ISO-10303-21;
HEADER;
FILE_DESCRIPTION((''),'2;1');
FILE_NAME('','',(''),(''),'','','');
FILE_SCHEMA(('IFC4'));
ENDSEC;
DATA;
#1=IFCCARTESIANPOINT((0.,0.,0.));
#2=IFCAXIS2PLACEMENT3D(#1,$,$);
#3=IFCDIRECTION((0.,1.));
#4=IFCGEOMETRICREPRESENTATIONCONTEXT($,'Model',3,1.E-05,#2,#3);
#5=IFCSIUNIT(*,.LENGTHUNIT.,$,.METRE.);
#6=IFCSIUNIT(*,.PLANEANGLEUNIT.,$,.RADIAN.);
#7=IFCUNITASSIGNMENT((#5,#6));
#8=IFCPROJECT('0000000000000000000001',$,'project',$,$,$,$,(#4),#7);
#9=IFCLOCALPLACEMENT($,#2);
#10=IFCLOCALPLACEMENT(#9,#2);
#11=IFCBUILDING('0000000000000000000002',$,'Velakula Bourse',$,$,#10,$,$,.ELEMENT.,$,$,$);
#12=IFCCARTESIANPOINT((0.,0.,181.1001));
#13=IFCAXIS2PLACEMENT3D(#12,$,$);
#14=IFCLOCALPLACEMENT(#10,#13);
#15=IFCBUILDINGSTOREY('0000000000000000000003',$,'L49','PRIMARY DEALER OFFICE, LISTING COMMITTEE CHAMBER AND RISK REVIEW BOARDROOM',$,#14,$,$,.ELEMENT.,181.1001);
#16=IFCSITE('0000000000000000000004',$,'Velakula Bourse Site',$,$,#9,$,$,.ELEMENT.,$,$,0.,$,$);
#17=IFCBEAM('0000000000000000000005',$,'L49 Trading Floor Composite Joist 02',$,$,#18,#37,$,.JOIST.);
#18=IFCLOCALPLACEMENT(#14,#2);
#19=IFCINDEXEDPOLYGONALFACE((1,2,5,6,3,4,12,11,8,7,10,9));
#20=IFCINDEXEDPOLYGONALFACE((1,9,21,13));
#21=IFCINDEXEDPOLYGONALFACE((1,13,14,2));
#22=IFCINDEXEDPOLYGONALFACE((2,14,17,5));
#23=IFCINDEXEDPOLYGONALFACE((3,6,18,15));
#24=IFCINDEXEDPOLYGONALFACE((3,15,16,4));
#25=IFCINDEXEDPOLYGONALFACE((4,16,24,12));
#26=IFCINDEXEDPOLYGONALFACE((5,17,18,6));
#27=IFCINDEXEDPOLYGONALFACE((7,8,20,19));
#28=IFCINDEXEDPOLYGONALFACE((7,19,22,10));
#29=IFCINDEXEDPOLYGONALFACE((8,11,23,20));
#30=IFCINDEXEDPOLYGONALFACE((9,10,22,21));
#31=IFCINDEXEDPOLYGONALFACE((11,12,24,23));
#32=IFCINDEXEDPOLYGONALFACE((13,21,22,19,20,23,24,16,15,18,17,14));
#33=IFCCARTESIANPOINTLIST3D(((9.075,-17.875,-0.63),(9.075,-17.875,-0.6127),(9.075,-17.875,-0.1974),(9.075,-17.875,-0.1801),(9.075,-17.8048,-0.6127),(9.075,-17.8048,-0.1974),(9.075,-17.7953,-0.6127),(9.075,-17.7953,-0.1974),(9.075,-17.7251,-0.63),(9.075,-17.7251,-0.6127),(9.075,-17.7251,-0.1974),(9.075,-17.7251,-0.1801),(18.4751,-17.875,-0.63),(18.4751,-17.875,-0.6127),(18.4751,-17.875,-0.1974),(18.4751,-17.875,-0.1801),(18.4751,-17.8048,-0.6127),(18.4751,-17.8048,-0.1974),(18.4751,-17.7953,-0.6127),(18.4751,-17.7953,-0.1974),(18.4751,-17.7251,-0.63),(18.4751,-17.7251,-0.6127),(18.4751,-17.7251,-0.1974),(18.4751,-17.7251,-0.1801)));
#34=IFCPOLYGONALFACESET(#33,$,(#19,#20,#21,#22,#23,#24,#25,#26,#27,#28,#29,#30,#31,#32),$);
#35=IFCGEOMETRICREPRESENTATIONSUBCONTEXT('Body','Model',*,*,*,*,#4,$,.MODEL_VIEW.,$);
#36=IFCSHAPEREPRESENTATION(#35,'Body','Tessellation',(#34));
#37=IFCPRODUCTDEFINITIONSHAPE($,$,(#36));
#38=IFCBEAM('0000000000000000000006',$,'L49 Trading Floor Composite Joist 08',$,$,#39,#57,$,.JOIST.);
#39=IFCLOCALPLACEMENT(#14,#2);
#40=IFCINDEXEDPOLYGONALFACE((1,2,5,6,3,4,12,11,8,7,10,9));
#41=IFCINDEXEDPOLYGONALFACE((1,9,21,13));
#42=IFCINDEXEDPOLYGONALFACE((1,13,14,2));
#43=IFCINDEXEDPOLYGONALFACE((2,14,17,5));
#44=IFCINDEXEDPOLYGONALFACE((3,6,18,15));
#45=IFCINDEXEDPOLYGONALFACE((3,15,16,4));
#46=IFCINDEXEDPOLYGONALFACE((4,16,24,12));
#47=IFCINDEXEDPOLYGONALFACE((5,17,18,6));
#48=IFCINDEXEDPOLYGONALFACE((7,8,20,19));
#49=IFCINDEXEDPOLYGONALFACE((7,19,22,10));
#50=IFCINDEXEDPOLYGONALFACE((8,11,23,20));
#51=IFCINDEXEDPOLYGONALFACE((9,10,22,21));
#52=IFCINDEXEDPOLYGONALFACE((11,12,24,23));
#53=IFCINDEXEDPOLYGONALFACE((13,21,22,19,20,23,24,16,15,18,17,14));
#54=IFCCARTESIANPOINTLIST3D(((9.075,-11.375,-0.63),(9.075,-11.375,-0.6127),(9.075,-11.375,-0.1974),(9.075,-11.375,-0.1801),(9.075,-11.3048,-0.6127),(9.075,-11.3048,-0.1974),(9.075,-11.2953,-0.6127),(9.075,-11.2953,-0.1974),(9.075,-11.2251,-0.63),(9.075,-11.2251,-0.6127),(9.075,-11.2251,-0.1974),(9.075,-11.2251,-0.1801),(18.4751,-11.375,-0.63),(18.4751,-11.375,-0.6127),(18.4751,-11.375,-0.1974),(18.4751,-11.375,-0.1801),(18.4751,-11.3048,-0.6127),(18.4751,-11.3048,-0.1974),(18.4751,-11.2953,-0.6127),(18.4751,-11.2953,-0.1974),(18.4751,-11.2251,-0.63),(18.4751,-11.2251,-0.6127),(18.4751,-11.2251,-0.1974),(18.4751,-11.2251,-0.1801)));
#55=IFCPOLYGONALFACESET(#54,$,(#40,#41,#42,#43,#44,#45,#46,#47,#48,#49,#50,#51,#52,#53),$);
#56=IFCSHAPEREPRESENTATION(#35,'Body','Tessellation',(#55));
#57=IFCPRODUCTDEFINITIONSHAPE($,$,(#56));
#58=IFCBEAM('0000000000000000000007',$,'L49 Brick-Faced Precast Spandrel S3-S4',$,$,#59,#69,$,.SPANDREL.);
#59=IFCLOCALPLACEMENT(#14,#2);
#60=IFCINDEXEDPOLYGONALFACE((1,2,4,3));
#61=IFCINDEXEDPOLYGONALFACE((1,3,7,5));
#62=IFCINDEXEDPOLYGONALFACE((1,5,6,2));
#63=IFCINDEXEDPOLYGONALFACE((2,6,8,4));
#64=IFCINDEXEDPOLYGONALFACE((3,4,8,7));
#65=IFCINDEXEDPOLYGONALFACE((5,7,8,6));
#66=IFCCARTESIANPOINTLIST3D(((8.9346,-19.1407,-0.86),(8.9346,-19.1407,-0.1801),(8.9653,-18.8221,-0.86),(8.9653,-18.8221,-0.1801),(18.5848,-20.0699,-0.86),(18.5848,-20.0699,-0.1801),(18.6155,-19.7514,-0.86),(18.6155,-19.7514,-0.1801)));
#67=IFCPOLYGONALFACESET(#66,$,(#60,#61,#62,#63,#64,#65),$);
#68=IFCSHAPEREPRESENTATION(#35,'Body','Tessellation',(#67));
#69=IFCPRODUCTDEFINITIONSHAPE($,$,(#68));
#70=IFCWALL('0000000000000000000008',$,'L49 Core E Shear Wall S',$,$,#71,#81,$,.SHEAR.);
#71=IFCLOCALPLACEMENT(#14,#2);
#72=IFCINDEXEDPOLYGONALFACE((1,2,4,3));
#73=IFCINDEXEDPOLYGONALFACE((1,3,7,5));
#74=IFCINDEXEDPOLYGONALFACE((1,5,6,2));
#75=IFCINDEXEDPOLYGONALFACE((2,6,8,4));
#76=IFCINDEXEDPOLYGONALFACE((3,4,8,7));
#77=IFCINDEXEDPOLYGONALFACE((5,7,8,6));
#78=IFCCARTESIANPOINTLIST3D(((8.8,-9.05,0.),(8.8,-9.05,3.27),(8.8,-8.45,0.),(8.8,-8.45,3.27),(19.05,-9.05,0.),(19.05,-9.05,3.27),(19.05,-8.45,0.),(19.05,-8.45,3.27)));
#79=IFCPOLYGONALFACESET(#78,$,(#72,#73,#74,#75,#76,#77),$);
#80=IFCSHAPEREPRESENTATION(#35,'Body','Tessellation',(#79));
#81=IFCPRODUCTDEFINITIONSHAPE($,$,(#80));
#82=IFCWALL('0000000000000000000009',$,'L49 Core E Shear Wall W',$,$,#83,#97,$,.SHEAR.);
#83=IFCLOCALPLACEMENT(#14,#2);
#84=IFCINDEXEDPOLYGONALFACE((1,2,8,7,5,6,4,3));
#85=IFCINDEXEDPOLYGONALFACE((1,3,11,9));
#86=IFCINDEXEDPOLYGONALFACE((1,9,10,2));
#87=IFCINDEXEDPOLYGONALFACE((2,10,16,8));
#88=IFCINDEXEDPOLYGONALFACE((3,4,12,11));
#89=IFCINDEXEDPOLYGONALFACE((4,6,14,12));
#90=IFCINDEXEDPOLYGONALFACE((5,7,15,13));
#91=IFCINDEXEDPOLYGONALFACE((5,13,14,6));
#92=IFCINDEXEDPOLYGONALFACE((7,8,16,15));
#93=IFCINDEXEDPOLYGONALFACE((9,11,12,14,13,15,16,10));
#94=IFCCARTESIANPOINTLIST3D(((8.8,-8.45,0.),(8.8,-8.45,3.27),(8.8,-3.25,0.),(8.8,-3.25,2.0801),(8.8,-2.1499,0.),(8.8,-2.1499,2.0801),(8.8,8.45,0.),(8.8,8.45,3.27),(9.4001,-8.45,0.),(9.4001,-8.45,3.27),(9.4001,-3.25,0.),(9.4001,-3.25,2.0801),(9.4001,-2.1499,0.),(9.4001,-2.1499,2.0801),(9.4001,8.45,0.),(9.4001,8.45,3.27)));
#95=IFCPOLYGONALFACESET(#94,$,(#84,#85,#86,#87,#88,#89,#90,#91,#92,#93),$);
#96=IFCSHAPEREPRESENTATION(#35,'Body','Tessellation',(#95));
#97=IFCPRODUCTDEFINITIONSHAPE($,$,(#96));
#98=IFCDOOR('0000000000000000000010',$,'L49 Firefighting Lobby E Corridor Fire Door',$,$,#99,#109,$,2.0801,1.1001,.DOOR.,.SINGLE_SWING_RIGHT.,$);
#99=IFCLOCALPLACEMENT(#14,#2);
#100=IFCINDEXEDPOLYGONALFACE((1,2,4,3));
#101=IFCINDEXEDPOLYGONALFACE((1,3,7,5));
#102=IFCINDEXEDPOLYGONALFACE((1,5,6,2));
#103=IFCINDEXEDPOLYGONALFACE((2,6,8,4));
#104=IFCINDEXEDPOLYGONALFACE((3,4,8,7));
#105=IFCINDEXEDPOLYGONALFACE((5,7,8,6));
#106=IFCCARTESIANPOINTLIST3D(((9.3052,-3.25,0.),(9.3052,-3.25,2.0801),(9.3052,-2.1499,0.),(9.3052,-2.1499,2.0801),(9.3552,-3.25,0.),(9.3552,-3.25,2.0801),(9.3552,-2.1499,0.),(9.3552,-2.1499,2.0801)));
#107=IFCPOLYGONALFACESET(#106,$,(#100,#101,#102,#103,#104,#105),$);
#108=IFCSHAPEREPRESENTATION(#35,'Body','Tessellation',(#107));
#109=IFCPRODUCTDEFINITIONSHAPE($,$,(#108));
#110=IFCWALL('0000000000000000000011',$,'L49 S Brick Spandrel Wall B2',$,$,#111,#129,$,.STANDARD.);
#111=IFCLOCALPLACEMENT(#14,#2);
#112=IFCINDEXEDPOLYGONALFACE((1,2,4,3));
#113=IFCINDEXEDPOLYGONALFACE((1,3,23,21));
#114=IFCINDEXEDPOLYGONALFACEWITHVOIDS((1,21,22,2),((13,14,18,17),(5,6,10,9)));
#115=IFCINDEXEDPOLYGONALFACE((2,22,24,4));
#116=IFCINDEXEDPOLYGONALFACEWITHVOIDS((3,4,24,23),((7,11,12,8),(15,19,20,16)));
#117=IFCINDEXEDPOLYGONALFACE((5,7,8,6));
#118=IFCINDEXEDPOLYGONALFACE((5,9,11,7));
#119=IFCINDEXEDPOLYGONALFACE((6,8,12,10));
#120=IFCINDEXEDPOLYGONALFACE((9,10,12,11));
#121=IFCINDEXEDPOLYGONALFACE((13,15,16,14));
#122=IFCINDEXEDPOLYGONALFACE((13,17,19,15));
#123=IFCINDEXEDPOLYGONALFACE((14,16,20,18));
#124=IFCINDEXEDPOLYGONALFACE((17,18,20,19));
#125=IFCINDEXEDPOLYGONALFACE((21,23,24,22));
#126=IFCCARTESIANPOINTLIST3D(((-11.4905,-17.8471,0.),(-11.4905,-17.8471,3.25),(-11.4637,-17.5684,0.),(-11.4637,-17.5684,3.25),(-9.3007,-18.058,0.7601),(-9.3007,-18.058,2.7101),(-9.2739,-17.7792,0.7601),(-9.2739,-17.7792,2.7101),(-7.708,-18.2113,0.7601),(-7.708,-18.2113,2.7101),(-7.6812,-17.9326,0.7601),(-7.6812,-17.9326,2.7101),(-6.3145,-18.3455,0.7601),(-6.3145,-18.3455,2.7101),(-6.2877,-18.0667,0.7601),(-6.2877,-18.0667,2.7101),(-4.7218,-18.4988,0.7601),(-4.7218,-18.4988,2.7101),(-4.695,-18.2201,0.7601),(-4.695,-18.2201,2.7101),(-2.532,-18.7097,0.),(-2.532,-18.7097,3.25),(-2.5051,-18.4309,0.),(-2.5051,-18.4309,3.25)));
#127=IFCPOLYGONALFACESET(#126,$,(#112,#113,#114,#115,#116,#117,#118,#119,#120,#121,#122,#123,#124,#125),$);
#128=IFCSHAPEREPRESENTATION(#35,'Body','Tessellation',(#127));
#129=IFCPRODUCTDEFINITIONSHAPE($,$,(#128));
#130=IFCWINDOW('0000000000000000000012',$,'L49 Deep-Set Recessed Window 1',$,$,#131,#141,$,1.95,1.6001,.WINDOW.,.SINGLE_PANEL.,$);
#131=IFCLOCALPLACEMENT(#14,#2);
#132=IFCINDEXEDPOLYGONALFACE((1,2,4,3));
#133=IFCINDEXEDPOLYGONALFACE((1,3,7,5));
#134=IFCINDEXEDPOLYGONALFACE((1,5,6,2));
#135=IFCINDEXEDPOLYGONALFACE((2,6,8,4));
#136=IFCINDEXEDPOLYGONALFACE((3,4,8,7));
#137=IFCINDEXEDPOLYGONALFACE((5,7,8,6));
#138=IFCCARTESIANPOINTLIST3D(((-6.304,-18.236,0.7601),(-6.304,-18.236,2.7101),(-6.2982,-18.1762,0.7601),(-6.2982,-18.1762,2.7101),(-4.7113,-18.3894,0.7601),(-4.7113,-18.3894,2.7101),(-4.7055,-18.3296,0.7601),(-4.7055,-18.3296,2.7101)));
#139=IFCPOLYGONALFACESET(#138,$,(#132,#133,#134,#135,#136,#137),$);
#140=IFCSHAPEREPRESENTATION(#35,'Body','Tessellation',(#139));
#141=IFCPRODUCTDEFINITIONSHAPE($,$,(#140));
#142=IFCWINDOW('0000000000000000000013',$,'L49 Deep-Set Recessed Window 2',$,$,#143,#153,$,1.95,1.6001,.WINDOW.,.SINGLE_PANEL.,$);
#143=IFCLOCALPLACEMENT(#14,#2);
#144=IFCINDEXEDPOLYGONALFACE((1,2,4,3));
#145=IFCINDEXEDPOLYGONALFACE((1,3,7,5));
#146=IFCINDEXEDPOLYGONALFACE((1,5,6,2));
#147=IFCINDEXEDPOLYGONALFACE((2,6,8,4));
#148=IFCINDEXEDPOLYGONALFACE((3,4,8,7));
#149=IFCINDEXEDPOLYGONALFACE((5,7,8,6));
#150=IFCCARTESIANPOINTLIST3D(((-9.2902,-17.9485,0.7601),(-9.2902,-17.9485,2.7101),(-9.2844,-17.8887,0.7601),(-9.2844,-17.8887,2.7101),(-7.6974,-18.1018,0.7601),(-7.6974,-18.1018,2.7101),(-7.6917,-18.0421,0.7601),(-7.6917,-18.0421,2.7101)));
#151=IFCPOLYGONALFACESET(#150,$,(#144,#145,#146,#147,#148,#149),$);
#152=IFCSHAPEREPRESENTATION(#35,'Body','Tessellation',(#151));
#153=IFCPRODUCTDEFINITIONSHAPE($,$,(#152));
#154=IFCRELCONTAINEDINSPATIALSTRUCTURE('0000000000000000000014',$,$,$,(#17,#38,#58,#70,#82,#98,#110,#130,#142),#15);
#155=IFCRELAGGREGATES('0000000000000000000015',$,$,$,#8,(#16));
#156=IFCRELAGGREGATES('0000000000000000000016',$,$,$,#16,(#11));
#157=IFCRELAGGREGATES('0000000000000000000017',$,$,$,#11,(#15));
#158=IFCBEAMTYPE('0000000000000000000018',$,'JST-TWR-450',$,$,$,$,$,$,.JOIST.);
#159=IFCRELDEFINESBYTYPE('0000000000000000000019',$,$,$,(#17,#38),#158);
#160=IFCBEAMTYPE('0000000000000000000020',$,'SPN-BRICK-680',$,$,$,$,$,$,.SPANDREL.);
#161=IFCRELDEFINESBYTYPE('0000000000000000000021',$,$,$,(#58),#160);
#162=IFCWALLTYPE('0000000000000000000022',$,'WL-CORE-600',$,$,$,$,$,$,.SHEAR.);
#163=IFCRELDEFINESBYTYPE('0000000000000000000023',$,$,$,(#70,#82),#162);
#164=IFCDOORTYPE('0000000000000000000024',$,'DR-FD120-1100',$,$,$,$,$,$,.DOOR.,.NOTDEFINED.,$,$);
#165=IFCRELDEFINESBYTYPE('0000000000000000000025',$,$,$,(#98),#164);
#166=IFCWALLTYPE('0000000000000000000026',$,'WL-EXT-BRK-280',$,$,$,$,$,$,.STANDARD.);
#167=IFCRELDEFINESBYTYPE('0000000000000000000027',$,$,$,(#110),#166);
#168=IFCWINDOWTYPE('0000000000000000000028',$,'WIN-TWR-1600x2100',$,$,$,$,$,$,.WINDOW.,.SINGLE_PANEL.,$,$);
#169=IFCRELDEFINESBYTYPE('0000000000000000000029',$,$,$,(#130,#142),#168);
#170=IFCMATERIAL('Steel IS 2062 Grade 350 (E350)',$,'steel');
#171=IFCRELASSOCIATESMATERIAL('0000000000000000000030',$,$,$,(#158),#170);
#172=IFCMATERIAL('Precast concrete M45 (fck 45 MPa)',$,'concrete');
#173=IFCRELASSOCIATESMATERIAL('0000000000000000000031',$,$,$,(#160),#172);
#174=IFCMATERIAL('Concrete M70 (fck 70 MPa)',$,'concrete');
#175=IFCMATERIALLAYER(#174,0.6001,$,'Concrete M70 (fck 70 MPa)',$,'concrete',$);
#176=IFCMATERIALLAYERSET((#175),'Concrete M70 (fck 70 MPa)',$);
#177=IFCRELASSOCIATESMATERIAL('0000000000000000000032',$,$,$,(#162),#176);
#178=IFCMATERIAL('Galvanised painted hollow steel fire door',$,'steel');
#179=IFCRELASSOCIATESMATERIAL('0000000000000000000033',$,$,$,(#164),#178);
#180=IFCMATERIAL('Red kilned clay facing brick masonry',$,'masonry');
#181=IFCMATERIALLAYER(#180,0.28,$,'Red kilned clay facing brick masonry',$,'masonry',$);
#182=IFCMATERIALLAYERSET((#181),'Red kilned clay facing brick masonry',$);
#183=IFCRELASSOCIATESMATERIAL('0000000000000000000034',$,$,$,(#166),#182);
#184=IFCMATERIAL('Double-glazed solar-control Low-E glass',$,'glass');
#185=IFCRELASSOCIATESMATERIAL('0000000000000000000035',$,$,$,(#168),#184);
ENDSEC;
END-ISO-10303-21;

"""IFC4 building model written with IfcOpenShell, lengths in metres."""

from ifc_helpers import new_model, si_unit, direction, frame, frame_2d, origin, origin_2d, place, context, subcontext, project, spatial, rectangle, i_section, extrude, material, layer, layer_set, material_profile, profile_set, type_object, element, fill, save


model = new_model("IFC4")

# Units and contexts
model_context = context("Model", 3, precision=1e-05, world=origin(), true_north=direction((0.0, 1.0)))
body_context = subcontext(model_context, "Body", "Model", "MODEL_VIEW")
ifc_project = project(units=[si_unit("LENGTHUNIT", "METRE"), si_unit("PLANEANGLEUNIT", "RADIAN")], contexts=[model_context])

# Site, building, storey
site_placement = place(None, origin())
site = spatial("IfcSite", under=ifc_project, at=site_placement, Name="Velakula Bourse Site", CompositionType="ELEMENT", RefElevation=0.0)
building_placement = place(site_placement, origin())
building = spatial("IfcBuilding", under=site, at=building_placement, Name="Velakula Bourse", CompositionType="ELEMENT")
storey_placement = place(building_placement, frame((0.0, 0.0, 181.1001)))
storey = spatial("IfcBuildingStorey", under=building, at=storey_placement, Name="L49", Description="PRIMARY DEALER OFFICE, LISTING COMMITTEE CHAMBER AND RISK REVIEW BOARDROOM", CompositionType="ELEMENT", Elevation=181.1001)

# Shared definitions
ifc_material_1 = material(Name="Concrete M70 (fck 70 MPa)", Category="concrete")
ifc_material_2 = material(Name="Steel IS 2062 Grade 350 (E350)", Category="steel")

# Beams
ifc_material_profile_1 = material_profile(ifc_material_2, i_section(OverallWidth=0.1499, OverallDepth=0.45, WebThickness=0.0095, FlangeThickness=0.0173, at=origin_2d()), Name="Steel IS 2062 Grade 350 (E350)")
ifc_profile_set_1 = profile_set([ifc_material_profile_1], Name="Steel IS 2062 Grade 350 (E350)")
beam_type_1 = type_object("IfcBeamType", Name="JST-TWR-450", PredefinedType="JOIST", material=ifc_profile_set_1)
for number, where, z_axis, x_axis, name in (
    (1, (9.075, -17.8, -0.405), (1.0, 0.0, 0.0), (0.0, 1.0, 0.0), "L49 Trading Floor Composite Joist 02"),
    (2, (9.075, -11.3, -0.405), (1.0, 0.0, 0.0), (0.0, 1.0, 0.0), "L49 Trading Floor Composite Joist 08"),
):
    element("IfcBeam", number, at=place(storey_placement, frame(where, z_axis=z_axis, x_axis=x_axis)), inside=storey, type_object=beam_type_1, Name=name, PredefinedType="JOIST", context=body_context, shape_type="SweptSolid", body=[
        extrude(i_section(OverallWidth=0.1499, OverallDepth=0.45, WebThickness=0.0095, FlangeThickness=0.0173, at=origin_2d()), origin(), (0.0, 0.0, 1.0), 9.4001),
    ])
ifc_material_3 = material(Name="Precast concrete M45 (fck 45 MPa)", Category="concrete")
ifc_material_profile_2 = material_profile(ifc_material_3, rectangle(XDim=0.3201, YDim=0.6799, at=origin_2d()), Name="Precast concrete M45 (fck 45 MPa)")
ifc_profile_set_2 = profile_set([ifc_material_profile_2], Name="Precast concrete M45 (fck 45 MPa)")
beam_type_2 = type_object("IfcBeamType", Name="SPN-BRICK-680", PredefinedType="SPANDREL", material=ifc_profile_set_2)
beam_1_placement = place(storey_placement, frame((8.95, -18.9814, -0.52), z_axis=(0.995396, -0.095845, 0.0), x_axis=(0.095845, 0.995396, 0.0)))
element("IfcBeam", 3, at=beam_1_placement, inside=storey, type_object=beam_type_2, Name="L49 Brick-Faced Precast Spandrel S3-S4", PredefinedType="SPANDREL", context=body_context, shape_type="SweptSolid", body=[
    extrude(rectangle(XDim=0.3201, YDim=0.6799, at=origin_2d()), origin(), (0.0, 0.0, 1.0), 9.6948),
])

# Wall
ifc_layer_1 = layer(ifc_material_1, 0.6001, Name="Concrete M70 (fck 70 MPa)", Category="concrete")
ifc_layer_set_1 = layer_set([ifc_layer_1], Name="Concrete M70 (fck 70 MPa)")
wall_type_1 = type_object("IfcWallType", Name="WL-CORE-600", PredefinedType="SHEAR", material=ifc_layer_set_1)
wall_1_placement = place(storey_placement, frame((8.8, -8.75, 0.0), z_axis=(0.0, 0.0, 1.0), x_axis=(1.0, 0.0, 0.0)))
element("IfcWall", 4, at=wall_1_placement, inside=storey, type_object=wall_type_1, Name="L49 Core E Shear Wall S", PredefinedType="SHEAR", context=body_context, shape_type="SweptSolid", body=[
    extrude(rectangle(XDim=10.25, YDim=0.6001, at=frame_2d((5.125, 0.0))), origin(), (0.0, 0.0, 1.0), 3.27),
])

# Wall, opening, door
wall_2_placement = place(storey_placement, frame((9.1001, -8.45, 0.0), z_axis=(0.0, 0.0, 1.0), x_axis=(0.0, 1.0, 0.0)))
wall_2 = element("IfcWall", 5, at=wall_2_placement, inside=storey, type_object=wall_type_1, Name="L49 Core E Shear Wall W", PredefinedType="SHEAR", context=body_context, shape_type="SweptSolid", body=[
    extrude(rectangle(XDim=16.8999, YDim=0.6001, at=frame_2d((8.45, 0.0))), origin(), (0.0, 0.0, 1.0), 3.27),
])
opening_1_placement = place(wall_2_placement, frame((5.2, 0.0, 0.0)))
opening_1 = element("IfcOpeningElement", 6, at=opening_1_placement, cuts=wall_2, PredefinedType="OPENING", context=body_context, shape_type="SweptSolid", body=[
    extrude(rectangle(XDim=1.1001, YDim=2.0801, at=frame_2d((0.55, 1.04))), frame((0.0, 0.3101, 0.0), z_axis=(0.0, -1.0, 0.0), x_axis=(1.0, 0.0, 0.0)), (0.0, 0.0, 1.0), 0.6201),
])
ifc_material_4 = material(Name="Galvanised painted hollow steel fire door", Category="steel")
door_type = type_object("IfcDoorType", Name="DR-FD120-1100", OperationType="NOTDEFINED", PredefinedType="DOOR", material=ifc_material_4)
door_placement = place(opening_1_placement, origin())
door = element("IfcDoor", 7, at=door_placement, inside=storey, type_object=door_type, Name="L49 Firefighting Lobby E Corridor Fire Door", OperationType="SINGLE_SWING_RIGHT", OverallHeight=2.0801, OverallWidth=1.1001, PredefinedType="DOOR", context=body_context, shape_type="SweptSolid", body=[
    extrude(rectangle(XDim=1.1001, YDim=2.0801, at=frame_2d((0.55, 1.04))), frame((0.0, -0.2051, 0.0), z_axis=(0.0, -1.0, 0.0), x_axis=(1.0, 0.0, 0.0)), (0.0, 0.0, 1.0), 0.05),
])
fill(opening_1, door)

# Wall, openings, windows
ifc_material_5 = material(Name="Red kilned clay facing brick masonry", Category="masonry")
ifc_layer_2 = layer(ifc_material_5, 0.28, Name="Red kilned clay facing brick masonry", Category="masonry")
ifc_layer_set_2 = layer_set([ifc_layer_2], Name="Red kilned clay facing brick masonry")
wall_type_2 = type_object("IfcWallType", Name="WL-EXT-BRK-280", PredefinedType="STANDARD", material=ifc_layer_set_2)
wall_3_placement = place(storey_placement, frame((-2.5186, -18.5703, 0.0), z_axis=(0.0, 0.0, 1.0), x_axis=(-0.995397, 0.09584, 0.0)))
wall_3 = element("IfcWall", 8, at=wall_3_placement, inside=storey, type_object=wall_type_2, Name="L49 S Brick Spandrel Wall B2", PredefinedType="STANDARD", context=body_context, shape_type="SweptSolid", body=[
    extrude(rectangle(XDim=9.0, YDim=0.28, at=frame_2d((4.5, 0.0))), origin(), (0.0, 0.0, 1.0), 3.25),
])
opening_2_placement = place(wall_3_placement, frame((2.2, 0.0, 0.76)))
opening_2 = element("IfcOpeningElement", 9, at=opening_2_placement, cuts=wall_3, PredefinedType="OPENING", context=body_context, shape_type="SweptSolid", body=[
    extrude(rectangle(XDim=1.6001, YDim=1.95, at=frame_2d((0.8, 0.9751))), frame((0.0, 0.1499, 0.0), z_axis=(0.0, -1.0, 0.0), x_axis=(1.0, 0.0, 0.0)), (0.0, 0.0, 1.0), 0.3),
])
opening_3_placement = place(wall_3_placement, frame((5.2, 0.0, 0.76)))
opening_3 = element("IfcOpeningElement", 10, at=opening_3_placement, cuts=wall_3, PredefinedType="OPENING", context=body_context, shape_type="SweptSolid", body=[
    extrude(rectangle(XDim=1.6001, YDim=1.95, at=frame_2d((0.8, 0.9751))), frame((0.0, 0.1499, 0.0), z_axis=(0.0, -1.0, 0.0), x_axis=(1.0, 0.0, 0.0)), (0.0, 0.0, 1.0), 0.3),
])
ifc_material_6 = material(Name="Double-glazed solar-control Low-E glass", Category="glass")
window_type = type_object("IfcWindowType", Name="WIN-TWR-1600x2100", PartitioningType="SINGLE_PANEL", PredefinedType="WINDOW", material=ifc_material_6)
window_1_placement = place(opening_2_placement, origin())
window_1 = element("IfcWindow", 11, at=window_1_placement, inside=storey, type_object=window_type, Name="L49 Deep-Set Recessed Window 1", OverallHeight=1.95, OverallWidth=1.6001, PartitioningType="SINGLE_PANEL", PredefinedType="WINDOW", context=body_context, shape_type="SweptSolid", body=[
    extrude(rectangle(XDim=1.6001, YDim=1.95, at=frame_2d((0.8, 0.9751))), frame((0.0, 0.03, 0.0), z_axis=(0.0, -1.0, 0.0), x_axis=(1.0, 0.0, 0.0)), (0.0, 0.0, 1.0), 0.0601),
])
fill(opening_2, window_1)
window_2_placement = place(opening_3_placement, origin())
window_2 = element("IfcWindow", 12, at=window_2_placement, inside=storey, type_object=window_type, Name="L49 Deep-Set Recessed Window 2", OverallHeight=1.95, OverallWidth=1.6001, PartitioningType="SINGLE_PANEL", PredefinedType="WINDOW", context=body_context, shape_type="SweptSolid", body=[
    extrude(rectangle(XDim=1.6001, YDim=1.95, at=frame_2d((0.8, 0.9751))), frame((0.0, 0.03, 0.0), z_axis=(0.0, -1.0, 0.0), x_axis=(1.0, 0.0, 0.0)), (0.0, 0.0, 1.0), 0.0601),
])
fill(opening_3, window_2)

save(model, "model.ifc")
